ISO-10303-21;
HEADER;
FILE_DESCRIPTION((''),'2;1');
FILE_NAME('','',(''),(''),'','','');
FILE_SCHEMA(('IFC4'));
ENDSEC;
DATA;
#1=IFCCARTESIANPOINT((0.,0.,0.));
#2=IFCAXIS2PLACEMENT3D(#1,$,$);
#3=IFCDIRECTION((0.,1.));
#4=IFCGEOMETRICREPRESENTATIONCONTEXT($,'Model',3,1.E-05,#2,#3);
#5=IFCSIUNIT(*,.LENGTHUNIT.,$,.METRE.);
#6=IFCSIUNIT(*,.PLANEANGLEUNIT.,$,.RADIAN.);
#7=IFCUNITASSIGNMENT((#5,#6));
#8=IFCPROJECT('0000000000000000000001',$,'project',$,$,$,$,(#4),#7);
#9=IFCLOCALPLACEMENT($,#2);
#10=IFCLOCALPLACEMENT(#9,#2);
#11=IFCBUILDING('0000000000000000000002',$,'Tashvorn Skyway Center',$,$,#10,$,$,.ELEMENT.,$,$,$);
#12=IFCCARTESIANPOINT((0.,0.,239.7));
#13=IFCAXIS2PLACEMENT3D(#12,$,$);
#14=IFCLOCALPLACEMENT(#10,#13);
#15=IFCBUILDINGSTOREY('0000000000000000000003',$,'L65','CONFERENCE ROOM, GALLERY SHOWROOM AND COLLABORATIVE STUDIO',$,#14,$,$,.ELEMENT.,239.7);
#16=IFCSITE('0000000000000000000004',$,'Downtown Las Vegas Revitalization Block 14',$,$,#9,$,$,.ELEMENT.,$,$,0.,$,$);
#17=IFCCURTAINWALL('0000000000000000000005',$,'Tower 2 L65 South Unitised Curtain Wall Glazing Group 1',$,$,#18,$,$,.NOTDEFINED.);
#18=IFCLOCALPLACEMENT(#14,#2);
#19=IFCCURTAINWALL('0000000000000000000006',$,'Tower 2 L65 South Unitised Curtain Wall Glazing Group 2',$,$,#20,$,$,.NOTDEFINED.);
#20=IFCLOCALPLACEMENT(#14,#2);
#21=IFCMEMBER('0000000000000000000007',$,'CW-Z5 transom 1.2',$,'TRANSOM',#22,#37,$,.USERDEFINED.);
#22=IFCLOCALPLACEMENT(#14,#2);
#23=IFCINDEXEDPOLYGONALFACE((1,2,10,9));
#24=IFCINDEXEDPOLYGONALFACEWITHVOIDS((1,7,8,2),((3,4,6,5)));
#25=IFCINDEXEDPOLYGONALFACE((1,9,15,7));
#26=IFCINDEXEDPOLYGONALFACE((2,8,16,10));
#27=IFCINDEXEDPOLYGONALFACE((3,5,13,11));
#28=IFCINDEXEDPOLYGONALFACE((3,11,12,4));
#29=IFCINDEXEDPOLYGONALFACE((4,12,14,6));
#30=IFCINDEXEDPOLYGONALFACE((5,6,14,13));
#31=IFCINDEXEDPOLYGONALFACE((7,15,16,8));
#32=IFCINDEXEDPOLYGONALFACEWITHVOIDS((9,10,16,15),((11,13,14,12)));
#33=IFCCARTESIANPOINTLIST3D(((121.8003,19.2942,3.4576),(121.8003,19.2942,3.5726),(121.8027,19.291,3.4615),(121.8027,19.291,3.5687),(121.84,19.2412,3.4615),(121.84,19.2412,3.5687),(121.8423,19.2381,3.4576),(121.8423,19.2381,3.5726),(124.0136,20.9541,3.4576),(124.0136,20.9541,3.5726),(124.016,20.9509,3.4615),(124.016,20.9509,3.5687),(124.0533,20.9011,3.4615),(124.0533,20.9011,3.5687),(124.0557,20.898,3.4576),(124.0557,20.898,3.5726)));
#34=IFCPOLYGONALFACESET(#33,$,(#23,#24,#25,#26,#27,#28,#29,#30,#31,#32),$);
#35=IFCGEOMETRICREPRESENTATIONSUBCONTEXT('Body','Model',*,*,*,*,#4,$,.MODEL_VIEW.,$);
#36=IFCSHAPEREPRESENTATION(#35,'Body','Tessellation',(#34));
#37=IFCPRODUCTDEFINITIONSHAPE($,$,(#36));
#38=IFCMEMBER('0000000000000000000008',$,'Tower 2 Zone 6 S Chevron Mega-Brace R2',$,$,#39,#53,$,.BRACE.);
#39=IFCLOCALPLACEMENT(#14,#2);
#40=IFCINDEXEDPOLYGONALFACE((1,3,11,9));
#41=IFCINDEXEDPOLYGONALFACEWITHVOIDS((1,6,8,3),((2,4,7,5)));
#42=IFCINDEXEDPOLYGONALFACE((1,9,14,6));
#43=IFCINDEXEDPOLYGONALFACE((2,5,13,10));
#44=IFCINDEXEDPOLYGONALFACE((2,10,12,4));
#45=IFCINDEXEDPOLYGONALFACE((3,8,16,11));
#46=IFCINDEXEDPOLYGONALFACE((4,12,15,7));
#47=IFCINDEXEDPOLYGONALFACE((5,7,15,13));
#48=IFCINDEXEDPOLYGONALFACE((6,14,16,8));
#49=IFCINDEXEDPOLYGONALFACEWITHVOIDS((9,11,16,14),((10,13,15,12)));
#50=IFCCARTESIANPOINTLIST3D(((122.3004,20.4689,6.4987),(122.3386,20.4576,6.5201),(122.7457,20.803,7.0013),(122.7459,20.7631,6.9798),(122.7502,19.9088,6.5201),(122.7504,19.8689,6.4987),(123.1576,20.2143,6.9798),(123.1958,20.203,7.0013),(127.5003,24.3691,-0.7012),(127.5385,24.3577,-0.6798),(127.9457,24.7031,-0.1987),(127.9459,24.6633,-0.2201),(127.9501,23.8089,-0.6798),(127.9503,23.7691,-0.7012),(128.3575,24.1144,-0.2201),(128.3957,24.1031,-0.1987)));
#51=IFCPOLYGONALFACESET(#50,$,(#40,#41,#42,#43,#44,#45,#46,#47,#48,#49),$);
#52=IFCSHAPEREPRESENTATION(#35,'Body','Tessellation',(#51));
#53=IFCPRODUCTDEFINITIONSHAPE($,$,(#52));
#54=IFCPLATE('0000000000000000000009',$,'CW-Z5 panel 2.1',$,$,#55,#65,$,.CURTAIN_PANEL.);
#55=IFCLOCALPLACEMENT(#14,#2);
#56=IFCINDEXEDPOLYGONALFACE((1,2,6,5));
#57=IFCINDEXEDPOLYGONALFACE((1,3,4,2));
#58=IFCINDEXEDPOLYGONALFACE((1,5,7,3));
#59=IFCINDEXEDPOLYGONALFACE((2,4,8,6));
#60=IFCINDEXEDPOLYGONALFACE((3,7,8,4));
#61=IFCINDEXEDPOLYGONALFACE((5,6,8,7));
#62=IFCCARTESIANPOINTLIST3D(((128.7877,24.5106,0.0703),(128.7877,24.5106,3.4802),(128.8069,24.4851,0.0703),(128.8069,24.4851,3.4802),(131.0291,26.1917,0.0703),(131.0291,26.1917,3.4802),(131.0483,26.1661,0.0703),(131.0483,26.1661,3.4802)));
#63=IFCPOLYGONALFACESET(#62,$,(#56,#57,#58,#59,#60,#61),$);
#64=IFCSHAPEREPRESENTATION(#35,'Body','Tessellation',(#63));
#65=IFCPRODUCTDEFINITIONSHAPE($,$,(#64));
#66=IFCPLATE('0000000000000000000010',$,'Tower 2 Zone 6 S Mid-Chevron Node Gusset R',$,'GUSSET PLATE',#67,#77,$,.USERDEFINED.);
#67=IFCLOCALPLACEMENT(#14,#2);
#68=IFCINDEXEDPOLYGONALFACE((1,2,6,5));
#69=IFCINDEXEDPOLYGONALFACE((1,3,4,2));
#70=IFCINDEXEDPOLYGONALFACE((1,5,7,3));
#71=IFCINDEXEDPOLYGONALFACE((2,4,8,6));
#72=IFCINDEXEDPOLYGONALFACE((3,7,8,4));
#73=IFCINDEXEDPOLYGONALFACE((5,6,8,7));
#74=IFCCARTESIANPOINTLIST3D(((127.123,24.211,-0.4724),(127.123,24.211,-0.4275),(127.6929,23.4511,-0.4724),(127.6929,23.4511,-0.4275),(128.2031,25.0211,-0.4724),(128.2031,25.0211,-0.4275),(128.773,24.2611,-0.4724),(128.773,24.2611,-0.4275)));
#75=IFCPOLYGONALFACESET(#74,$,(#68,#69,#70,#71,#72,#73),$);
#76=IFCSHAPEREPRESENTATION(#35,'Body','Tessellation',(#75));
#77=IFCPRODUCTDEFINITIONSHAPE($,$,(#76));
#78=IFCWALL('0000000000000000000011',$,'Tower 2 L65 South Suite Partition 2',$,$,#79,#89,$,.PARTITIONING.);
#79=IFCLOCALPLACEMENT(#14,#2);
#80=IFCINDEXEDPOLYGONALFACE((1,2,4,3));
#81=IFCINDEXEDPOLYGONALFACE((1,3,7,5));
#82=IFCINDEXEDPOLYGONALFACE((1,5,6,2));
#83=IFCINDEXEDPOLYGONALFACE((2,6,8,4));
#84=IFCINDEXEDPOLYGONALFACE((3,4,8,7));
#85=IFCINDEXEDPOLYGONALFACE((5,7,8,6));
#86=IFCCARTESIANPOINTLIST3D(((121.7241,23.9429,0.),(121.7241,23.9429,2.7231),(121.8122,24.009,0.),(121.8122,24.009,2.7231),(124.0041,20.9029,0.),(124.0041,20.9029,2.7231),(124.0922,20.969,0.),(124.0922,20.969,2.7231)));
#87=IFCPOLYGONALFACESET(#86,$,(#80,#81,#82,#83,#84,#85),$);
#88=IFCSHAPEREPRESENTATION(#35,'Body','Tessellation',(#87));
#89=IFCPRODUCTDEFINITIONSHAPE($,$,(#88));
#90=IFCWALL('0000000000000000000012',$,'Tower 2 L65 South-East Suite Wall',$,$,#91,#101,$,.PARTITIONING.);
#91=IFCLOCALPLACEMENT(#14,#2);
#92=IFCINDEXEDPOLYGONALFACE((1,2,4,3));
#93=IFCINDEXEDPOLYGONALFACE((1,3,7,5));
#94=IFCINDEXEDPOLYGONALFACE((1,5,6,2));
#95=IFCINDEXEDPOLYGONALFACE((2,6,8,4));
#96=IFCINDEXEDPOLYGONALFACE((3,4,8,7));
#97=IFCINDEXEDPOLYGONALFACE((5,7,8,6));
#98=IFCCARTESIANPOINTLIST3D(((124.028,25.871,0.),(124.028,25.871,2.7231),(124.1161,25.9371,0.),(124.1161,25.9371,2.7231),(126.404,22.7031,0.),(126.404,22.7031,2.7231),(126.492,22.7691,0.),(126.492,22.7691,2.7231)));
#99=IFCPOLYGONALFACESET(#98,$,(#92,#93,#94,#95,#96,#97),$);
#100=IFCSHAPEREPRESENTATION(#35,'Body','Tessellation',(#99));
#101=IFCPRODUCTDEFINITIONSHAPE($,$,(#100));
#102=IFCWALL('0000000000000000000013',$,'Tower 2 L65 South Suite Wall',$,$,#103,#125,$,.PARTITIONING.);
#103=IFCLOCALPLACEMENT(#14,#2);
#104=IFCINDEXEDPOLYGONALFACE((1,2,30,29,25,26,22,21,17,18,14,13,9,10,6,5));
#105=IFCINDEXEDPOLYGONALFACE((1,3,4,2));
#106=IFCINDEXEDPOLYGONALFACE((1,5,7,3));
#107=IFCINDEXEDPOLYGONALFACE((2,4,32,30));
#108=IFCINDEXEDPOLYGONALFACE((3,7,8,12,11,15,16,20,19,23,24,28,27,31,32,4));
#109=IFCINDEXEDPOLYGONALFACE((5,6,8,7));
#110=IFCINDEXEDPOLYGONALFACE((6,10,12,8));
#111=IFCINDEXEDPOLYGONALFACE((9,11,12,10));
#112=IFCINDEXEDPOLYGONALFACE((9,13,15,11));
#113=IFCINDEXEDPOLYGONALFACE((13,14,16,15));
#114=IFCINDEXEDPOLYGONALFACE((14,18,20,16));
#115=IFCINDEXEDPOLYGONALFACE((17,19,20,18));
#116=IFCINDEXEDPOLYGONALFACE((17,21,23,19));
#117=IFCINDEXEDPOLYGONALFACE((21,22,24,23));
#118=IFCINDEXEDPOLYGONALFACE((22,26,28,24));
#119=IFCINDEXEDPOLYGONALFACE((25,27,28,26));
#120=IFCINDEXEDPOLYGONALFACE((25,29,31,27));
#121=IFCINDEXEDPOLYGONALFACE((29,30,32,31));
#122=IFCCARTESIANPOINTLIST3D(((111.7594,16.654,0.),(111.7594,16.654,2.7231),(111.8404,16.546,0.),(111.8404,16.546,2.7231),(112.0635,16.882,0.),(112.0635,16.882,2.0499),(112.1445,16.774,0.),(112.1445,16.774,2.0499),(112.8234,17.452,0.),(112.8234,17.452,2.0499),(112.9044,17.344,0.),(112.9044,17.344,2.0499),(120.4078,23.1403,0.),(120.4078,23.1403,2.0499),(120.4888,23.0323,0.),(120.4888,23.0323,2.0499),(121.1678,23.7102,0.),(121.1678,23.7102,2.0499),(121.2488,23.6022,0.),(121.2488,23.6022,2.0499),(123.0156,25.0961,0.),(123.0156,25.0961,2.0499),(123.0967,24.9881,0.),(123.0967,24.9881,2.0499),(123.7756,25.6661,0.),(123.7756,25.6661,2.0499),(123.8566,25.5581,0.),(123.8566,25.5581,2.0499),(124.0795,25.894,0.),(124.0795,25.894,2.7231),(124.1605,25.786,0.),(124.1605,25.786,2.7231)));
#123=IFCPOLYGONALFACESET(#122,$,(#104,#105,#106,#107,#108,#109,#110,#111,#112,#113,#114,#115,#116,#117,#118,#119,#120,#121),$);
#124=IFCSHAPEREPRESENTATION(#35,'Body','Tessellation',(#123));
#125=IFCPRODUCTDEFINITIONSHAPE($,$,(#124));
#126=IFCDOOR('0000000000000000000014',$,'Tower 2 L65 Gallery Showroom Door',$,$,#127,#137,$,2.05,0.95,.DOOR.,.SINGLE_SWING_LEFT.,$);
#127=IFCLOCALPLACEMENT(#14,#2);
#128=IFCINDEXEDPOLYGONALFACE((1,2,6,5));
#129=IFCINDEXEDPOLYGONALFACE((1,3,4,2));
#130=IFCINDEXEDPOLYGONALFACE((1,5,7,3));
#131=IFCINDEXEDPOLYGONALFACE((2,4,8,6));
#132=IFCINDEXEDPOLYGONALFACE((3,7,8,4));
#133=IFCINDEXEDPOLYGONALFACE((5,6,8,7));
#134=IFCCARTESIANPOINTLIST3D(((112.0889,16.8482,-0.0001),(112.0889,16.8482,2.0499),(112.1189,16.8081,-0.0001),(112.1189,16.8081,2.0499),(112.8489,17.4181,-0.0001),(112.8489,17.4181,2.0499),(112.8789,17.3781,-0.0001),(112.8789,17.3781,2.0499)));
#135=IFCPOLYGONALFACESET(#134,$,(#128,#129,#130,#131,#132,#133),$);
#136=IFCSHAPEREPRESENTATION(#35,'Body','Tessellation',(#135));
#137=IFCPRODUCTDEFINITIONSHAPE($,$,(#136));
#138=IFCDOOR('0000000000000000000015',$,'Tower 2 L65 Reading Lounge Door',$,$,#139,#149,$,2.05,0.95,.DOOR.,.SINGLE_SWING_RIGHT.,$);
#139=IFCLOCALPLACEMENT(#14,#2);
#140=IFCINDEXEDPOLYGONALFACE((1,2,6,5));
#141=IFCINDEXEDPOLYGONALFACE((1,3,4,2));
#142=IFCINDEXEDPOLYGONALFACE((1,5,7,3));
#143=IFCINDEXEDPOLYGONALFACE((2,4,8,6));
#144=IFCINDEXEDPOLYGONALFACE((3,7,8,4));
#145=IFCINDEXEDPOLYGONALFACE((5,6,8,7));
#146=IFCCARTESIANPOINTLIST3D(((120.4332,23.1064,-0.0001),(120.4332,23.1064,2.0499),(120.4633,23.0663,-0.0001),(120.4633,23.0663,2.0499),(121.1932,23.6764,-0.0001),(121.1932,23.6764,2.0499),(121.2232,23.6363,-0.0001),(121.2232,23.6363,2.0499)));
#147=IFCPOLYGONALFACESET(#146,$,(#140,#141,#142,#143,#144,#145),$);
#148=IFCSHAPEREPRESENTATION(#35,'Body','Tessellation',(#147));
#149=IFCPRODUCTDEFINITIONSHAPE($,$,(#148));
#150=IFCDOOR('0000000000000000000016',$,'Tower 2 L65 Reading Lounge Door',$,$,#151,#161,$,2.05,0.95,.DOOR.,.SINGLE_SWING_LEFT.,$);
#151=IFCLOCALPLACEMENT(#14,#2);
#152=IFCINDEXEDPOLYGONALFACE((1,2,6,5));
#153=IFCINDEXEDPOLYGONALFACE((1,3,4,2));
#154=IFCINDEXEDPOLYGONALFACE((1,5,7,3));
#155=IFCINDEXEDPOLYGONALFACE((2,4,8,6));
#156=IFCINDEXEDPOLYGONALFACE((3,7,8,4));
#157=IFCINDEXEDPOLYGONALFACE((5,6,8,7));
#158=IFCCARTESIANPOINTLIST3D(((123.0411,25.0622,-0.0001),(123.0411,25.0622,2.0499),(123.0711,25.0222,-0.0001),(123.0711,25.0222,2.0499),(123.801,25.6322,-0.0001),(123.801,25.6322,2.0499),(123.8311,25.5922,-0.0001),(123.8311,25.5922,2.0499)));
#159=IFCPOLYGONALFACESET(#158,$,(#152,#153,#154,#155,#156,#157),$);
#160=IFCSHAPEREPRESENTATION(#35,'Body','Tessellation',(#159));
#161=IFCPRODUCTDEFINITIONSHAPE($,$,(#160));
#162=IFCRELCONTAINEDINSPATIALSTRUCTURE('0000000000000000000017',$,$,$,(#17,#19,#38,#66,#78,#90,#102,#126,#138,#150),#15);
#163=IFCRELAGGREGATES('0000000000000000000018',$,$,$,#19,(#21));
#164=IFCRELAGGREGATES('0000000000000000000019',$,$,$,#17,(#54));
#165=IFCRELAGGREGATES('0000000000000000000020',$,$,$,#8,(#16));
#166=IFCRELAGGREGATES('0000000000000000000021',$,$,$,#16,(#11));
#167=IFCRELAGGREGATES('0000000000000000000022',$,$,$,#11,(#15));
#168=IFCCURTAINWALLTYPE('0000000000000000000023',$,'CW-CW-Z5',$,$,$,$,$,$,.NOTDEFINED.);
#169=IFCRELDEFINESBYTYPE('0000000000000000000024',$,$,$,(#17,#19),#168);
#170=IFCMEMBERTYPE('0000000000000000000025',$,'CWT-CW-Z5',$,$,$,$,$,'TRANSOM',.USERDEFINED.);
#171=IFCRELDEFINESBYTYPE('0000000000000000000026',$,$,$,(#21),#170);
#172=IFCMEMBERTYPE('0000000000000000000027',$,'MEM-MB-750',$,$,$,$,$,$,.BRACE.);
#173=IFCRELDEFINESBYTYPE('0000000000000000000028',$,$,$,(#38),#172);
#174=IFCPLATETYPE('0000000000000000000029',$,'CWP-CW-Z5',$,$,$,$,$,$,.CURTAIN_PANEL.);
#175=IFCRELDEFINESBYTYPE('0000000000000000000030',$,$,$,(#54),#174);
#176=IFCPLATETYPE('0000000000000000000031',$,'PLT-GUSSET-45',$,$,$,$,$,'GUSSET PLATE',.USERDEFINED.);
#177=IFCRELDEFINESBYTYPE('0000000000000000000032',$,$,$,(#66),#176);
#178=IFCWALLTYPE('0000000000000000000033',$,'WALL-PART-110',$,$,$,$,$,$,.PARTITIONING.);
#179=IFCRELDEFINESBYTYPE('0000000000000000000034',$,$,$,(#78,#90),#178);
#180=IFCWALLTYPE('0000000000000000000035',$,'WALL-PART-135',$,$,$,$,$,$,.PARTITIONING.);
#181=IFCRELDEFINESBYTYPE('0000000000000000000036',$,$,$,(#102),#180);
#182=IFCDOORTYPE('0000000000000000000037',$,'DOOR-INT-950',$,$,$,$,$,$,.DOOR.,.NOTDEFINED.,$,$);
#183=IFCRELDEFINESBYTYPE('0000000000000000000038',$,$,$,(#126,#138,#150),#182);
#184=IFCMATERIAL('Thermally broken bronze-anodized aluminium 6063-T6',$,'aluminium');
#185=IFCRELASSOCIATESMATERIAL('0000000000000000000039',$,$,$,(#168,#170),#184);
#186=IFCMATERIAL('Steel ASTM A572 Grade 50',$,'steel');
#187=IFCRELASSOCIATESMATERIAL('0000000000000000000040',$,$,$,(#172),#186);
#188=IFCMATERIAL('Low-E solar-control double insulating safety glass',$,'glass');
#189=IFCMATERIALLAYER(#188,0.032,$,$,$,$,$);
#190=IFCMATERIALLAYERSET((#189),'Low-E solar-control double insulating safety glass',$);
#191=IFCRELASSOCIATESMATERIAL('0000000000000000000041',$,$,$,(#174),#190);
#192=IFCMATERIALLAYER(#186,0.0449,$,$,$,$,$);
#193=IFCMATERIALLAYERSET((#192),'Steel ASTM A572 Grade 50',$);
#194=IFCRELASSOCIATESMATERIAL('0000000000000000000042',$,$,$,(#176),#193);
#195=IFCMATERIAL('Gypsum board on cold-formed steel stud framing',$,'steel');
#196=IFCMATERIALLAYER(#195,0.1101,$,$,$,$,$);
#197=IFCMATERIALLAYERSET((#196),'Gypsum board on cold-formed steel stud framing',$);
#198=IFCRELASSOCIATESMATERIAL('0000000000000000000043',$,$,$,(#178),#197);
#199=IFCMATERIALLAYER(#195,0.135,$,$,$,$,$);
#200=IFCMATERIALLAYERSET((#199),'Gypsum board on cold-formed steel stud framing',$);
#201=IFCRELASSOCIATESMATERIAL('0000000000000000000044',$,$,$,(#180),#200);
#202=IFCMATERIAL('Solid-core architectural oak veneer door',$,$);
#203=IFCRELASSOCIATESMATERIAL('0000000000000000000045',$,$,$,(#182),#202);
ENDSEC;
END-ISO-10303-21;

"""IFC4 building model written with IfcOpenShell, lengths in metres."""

from ifc_helpers import new_model, si_unit, direction, frame, frame_2d, origin, origin_2d, place, context, subcontext, project, spatial, rectangle, hollow_rectangle, extrude, material, layer, layer_set, material_profile, profile_set, type_object, element, fill, aggregate, save


model = new_model("IFC4")

# Units and contexts
model_context = context("Model", 3, precision=1e-05, world=origin(), true_north=direction((0.0, 1.0)))
body_context = subcontext(model_context, "Body", "Model", "MODEL_VIEW")
ifc_project = project(units=[si_unit("LENGTHUNIT", "METRE"), si_unit("PLANEANGLEUNIT", "RADIAN")], contexts=[model_context])

# Site, building, storey
site_placement = place(None, origin())
site = spatial("IfcSite", under=ifc_project, at=site_placement, Name="Downtown Las Vegas Revitalization Block 14", CompositionType="ELEMENT", RefElevation=0.0)
building_placement = place(site_placement, origin())
building = spatial("IfcBuilding", under=site, at=building_placement, Name="Tashvorn Skyway Center", CompositionType="ELEMENT")
storey_placement = place(building_placement, frame((0.0, 0.0, 239.7)))
storey = spatial("IfcBuildingStorey", under=building, at=storey_placement, Name="L65", Description="CONFERENCE ROOM, GALLERY SHOWROOM AND COLLABORATIVE STUDIO", CompositionType="ELEMENT", Elevation=239.7)

# Shared definitions
ifc_material_1 = material(Name="Steel ASTM A572 Grade 50", Category="steel")

# Curtain wall
ifc_material_2 = material(Name="Thermally broken bronze-anodized aluminium 6063-T6", Category="aluminium")
curtain_wall_type = type_object("IfcCurtainWallType", Name="CW-CW-Z5", PredefinedType="NOTDEFINED", material=ifc_material_2)
curtain_wall_1_placement = place(storey_placement, origin())
curtain_wall_1 = element("IfcCurtainWall", 1, at=curtain_wall_1_placement, inside=storey, type_object=curtain_wall_type, Name="Tower 2 L65 South Unitised Curtain Wall Glazing Group 1", PredefinedType="NOTDEFINED")

# Curtain wall
curtain_wall_2_placement = place(storey_placement, origin())
curtain_wall_2 = element("IfcCurtainWall", 2, at=curtain_wall_2_placement, inside=storey, type_object=curtain_wall_type, Name="Tower 2 L65 South Unitised Curtain Wall Glazing Group 2", PredefinedType="NOTDEFINED")

# Members
ifc_material_profile_1 = material_profile(ifc_material_2, hollow_rectangle(XDim=0.0701, YDim=0.115, WallThickness=0.0039, at=origin_2d()), Name="ALU-TRAN-70x115")
ifc_profile_set_1 = profile_set([ifc_material_profile_1], Name="Thermally broken bronze-anodized aluminium 6063-T6")
member_type_1 = type_object("IfcMemberType", Name="CWT-CW-Z5", ElementType="TRANSOM", PredefinedType="USERDEFINED", material=ifc_profile_set_1)
member_1_placement = place(storey_placement, frame((124.0347, 20.926, 3.5151), z_axis=(-0.800021, -0.599972, 0.0), x_axis=(0.599972, -0.800021, 0.0)))
member_1 = element("IfcMember", 3, at=member_1_placement, type_object=member_type_1, Name="CW-Z5 transom 1.2", ObjectType="TRANSOM", PredefinedType="USERDEFINED", context=body_context, shape_type="SweptSolid", body=[
    extrude(hollow_rectangle(XDim=0.0701, YDim=0.115, WallThickness=0.0039, at=origin_2d()), origin(), (0.0, 0.0, 1.0), 2.7666),
])
aggregate(curtain_wall_2, [member_1])
ifc_material_profile_2 = material_profile(ifc_material_1, hollow_rectangle(XDim=0.75, YDim=0.75, WallThickness=0.032, at=origin_2d()), Name="BOX750x750x32")
ifc_profile_set_2 = profile_set([ifc_material_profile_2], Name="Steel ASTM A572 Grade 50")
member_type_2 = type_object("IfcMemberType", Name="MEM-MB-750", PredefinedType="BRACE", material=ifc_profile_set_2)
member_2_placement = place(storey_placement, frame((127.948, 24.2361, -0.45), z_axis=(-0.536078, -0.402077, 0.742263), x_axis=(0.600018, -0.799986, 0.0)))
element("IfcMember", 4, at=member_2_placement, inside=storey, type_object=member_type_2, Name="Tower 2 Zone 6 S Chevron Mega-Brace R2", PredefinedType="BRACE", context=body_context, shape_type="SweptSolid", body=[
    extrude(hollow_rectangle(XDim=0.75, YDim=0.75, WallThickness=0.032, at=origin_2d()), origin(), (0.0, 0.0, 1.0), 9.7),
])

# Plates
ifc_material_3 = material(Name="Low-E solar-control double insulating safety glass", Category="glass")
ifc_layer_1 = layer(ifc_material_3, 0.032)
ifc_layer_set_1 = layer_set([ifc_layer_1], Name="Low-E solar-control double insulating safety glass")
plate_type_1 = type_object("IfcPlateType", Name="CWP-CW-Z5", PredefinedType="CURTAIN_PANEL", material=ifc_layer_set_1)
plate_1_placement = place(storey_placement, frame((129.918, 25.3384, 0.0703), z_axis=(0.0, 0.0, 1.0), x_axis=(-0.800002, -0.599997, 0.0)))
plate_1 = element("IfcPlate", 5, at=plate_1_placement, type_object=plate_type_1, Name="CW-Z5 panel 2.1", PredefinedType="CURTAIN_PANEL", context=body_context, shape_type="SweptSolid", body=[
    extrude(rectangle(XDim=2.8018, YDim=0.032, at=origin_2d()), origin(), (0.0, 0.0, 1.0), 3.4099),
])
aggregate(curtain_wall_1, [plate_1])
ifc_layer_2 = layer(ifc_material_1, 0.0449)
ifc_layer_set_2 = layer_set([ifc_layer_2], Name="Steel ASTM A572 Grade 50")
plate_type_2 = type_object("IfcPlateType", Name="PLT-GUSSET-45", ElementType="GUSSET PLATE", PredefinedType="USERDEFINED", material=ifc_layer_set_2)
plate_2_placement = place(storey_placement, frame((127.948, 24.2361, -0.4724), z_axis=(0.0, 0.0, 1.0), x_axis=(0.8, 0.6, 0.0)))
element("IfcPlate", 6, at=plate_2_placement, inside=storey, type_object=plate_type_2, Name="Tower 2 Zone 6 S Mid-Chevron Node Gusset R", ObjectType="GUSSET PLATE", PredefinedType="USERDEFINED", context=body_context, shape_type="SweptSolid", body=[
    extrude(rectangle(XDim=1.3501, YDim=0.95, at=origin_2d()), origin(), (0.0, 0.0, 1.0), 0.0449),
])

# Walls
ifc_material_4 = material(Name="Gypsum board on cold-formed steel stud framing", Category="steel")
ifc_layer_3 = layer(ifc_material_4, 0.1101)
ifc_layer_set_3 = layer_set([ifc_layer_3], Name="Gypsum board on cold-formed steel stud framing")
wall_type_1 = type_object("IfcWallType", Name="WALL-PART-110", PredefinedType="PARTITIONING", material=ifc_layer_set_3)
wall_1_placement = place(storey_placement, frame((124.0481, 20.936, 0.0), z_axis=(0.0, 0.0, 1.0), x_axis=(-0.6, 0.8, 0.0)))
element("IfcWall", 7, at=wall_1_placement, inside=storey, type_object=wall_type_1, Name="Tower 2 L65 South Suite Partition 2", PredefinedType="PARTITIONING", context=body_context, shape_type="SweptSolid", body=[
    extrude(rectangle(XDim=3.8, YDim=0.1101, at=frame_2d((1.8999, 0.0))), origin(), (0.0, 0.0, 1.0), 2.7231),
])
wall_2_placement = place(storey_placement, frame((126.448, 22.7361, 0.0), z_axis=(0.0, 0.0, 1.0), x_axis=(-0.6, 0.8, 0.0)))
element("IfcWall", 8, at=wall_2_placement, inside=storey, type_object=wall_type_1, Name="Tower 2 L65 South-East Suite Wall", PredefinedType="PARTITIONING", context=body_context, shape_type="SweptSolid", body=[
    extrude(rectangle(XDim=3.96, YDim=0.1101, at=frame_2d((1.98, 0.0))), origin(), (0.0, 0.0, 1.0), 2.7231),
])

# Wall, openings, doors
ifc_layer_4 = layer(ifc_material_4, 0.135)
ifc_layer_set_4 = layer_set([ifc_layer_4], Name="Gypsum board on cold-formed steel stud framing")
wall_type_2 = type_object("IfcWallType", Name="WALL-PART-135", PredefinedType="PARTITIONING", material=ifc_layer_set_4)
wall_3_placement = place(storey_placement, frame((124.1201, 25.8401, 0.0), z_axis=(0.0, 0.0, 1.0), x_axis=(-0.800002, -0.599997, 0.0)))
wall_3 = element("IfcWall", 9, at=wall_3_placement, inside=storey, type_object=wall_type_2, Name="Tower 2 L65 South Suite Wall", PredefinedType="PARTITIONING", context=body_context, shape_type="SweptSolid", body=[
    extrude(rectangle(XDim=15.4001, YDim=0.135, at=frame_2d((7.7002, 0.0))), origin(), (0.0, 0.0, 1.0), 2.7231),
])
opening_1_placement = place(wall_3_placement, frame((14.0701, 0.0, 0.0)))
opening_1 = element("IfcOpeningElement", 10, at=opening_1_placement, cuts=wall_3, PredefinedType="OPENING", context=body_context, shape_type="SweptSolid", body=[
    extrude(rectangle(XDim=0.95, YDim=2.05, at=frame_2d((0.4751, 1.0249))), frame((0.0, 0.0774, 0.0), z_axis=(0.0, -1.0, 0.0), x_axis=(1.0, 0.0, 0.0)), (0.0, 0.0, 1.0), 0.155),
])
opening_2_placement = place(wall_3_placement, frame((3.6396, 0.0, 0.0)))
opening_2 = element("IfcOpeningElement", 11, at=opening_2_placement, cuts=wall_3, PredefinedType="OPENING", context=body_context, shape_type="SweptSolid", body=[
    extrude(rectangle(XDim=0.95, YDim=2.05, at=frame_2d((0.4751, 1.0249))), frame((0.0, 0.0774, 0.0), z_axis=(0.0, -1.0, 0.0), x_axis=(1.0, 0.0, 0.0)), (0.0, 0.0, 1.0), 0.155),
])
opening_3_placement = place(wall_3_placement, frame((0.3799, 0.0, 0.0)))
opening_3 = element("IfcOpeningElement", 12, at=opening_3_placement, cuts=wall_3, PredefinedType="OPENING", context=body_context, shape_type="SweptSolid", body=[
    extrude(rectangle(XDim=0.95, YDim=2.05, at=frame_2d((0.4751, 1.0249))), frame((0.0, 0.0774, 0.0), z_axis=(0.0, -1.0, 0.0), x_axis=(1.0, 0.0, 0.0)), (0.0, 0.0, 1.0), 0.155),
])
ifc_material_5 = material(Name="Solid-core architectural oak veneer door")
door_type = type_object("IfcDoorType", Name="DOOR-INT-950", OperationType="NOTDEFINED", PredefinedType="DOOR", material=ifc_material_5)
door_1_placement = place(opening_1_placement, origin())
door_1 = element("IfcDoor", 13, at=door_1_placement, inside=storey, type_object=door_type, Name="Tower 2 L65 Gallery Showroom Door", OperationType="SINGLE_SWING_LEFT", OverallHeight=2.05, OverallWidth=0.95, PredefinedType="DOOR", context=body_context, shape_type="SweptSolid", body=[
    extrude(rectangle(XDim=0.95, YDim=2.05, at=frame_2d((0.4751, 1.0249))), frame((0.0, 0.0249, 0.0), z_axis=(0.0, -1.0, 0.0), x_axis=(1.0, 0.0, 0.0)), (0.0, 0.0, 1.0), 0.05),
])
fill(opening_1, door_1)
door_2_placement = place(opening_2_placement, origin())
door_2 = element("IfcDoor", 14, at=door_2_placement, inside=storey, type_object=door_type, Name="Tower 2 L65 Reading Lounge Door", OperationType="SINGLE_SWING_RIGHT", OverallHeight=2.05, OverallWidth=0.95, PredefinedType="DOOR", context=body_context, shape_type="SweptSolid", body=[
    extrude(rectangle(XDim=0.95, YDim=2.05, at=frame_2d((0.4751, 1.0249))), frame((0.0, 0.0249, 0.0), z_axis=(0.0, -1.0, 0.0), x_axis=(1.0, 0.0, 0.0)), (0.0, 0.0, 1.0), 0.05),
])
fill(opening_2, door_2)
door_3_placement = place(opening_3_placement, origin())
door_3 = element("IfcDoor", 15, at=door_3_placement, inside=storey, type_object=door_type, Name="Tower 2 L65 Reading Lounge Door", OperationType="SINGLE_SWING_LEFT", OverallHeight=2.05, OverallWidth=0.95, PredefinedType="DOOR", context=body_context, shape_type="SweptSolid", body=[
    extrude(rectangle(XDim=0.95, YDim=2.05, at=frame_2d((0.4751, 1.0249))), frame((0.0, 0.0249, 0.0), z_axis=(0.0, -1.0, 0.0), x_axis=(1.0, 0.0, 0.0)), (0.0, 0.0, 1.0), 0.05),
])
fill(opening_3, door_3)

save(model, "model.ifc")
